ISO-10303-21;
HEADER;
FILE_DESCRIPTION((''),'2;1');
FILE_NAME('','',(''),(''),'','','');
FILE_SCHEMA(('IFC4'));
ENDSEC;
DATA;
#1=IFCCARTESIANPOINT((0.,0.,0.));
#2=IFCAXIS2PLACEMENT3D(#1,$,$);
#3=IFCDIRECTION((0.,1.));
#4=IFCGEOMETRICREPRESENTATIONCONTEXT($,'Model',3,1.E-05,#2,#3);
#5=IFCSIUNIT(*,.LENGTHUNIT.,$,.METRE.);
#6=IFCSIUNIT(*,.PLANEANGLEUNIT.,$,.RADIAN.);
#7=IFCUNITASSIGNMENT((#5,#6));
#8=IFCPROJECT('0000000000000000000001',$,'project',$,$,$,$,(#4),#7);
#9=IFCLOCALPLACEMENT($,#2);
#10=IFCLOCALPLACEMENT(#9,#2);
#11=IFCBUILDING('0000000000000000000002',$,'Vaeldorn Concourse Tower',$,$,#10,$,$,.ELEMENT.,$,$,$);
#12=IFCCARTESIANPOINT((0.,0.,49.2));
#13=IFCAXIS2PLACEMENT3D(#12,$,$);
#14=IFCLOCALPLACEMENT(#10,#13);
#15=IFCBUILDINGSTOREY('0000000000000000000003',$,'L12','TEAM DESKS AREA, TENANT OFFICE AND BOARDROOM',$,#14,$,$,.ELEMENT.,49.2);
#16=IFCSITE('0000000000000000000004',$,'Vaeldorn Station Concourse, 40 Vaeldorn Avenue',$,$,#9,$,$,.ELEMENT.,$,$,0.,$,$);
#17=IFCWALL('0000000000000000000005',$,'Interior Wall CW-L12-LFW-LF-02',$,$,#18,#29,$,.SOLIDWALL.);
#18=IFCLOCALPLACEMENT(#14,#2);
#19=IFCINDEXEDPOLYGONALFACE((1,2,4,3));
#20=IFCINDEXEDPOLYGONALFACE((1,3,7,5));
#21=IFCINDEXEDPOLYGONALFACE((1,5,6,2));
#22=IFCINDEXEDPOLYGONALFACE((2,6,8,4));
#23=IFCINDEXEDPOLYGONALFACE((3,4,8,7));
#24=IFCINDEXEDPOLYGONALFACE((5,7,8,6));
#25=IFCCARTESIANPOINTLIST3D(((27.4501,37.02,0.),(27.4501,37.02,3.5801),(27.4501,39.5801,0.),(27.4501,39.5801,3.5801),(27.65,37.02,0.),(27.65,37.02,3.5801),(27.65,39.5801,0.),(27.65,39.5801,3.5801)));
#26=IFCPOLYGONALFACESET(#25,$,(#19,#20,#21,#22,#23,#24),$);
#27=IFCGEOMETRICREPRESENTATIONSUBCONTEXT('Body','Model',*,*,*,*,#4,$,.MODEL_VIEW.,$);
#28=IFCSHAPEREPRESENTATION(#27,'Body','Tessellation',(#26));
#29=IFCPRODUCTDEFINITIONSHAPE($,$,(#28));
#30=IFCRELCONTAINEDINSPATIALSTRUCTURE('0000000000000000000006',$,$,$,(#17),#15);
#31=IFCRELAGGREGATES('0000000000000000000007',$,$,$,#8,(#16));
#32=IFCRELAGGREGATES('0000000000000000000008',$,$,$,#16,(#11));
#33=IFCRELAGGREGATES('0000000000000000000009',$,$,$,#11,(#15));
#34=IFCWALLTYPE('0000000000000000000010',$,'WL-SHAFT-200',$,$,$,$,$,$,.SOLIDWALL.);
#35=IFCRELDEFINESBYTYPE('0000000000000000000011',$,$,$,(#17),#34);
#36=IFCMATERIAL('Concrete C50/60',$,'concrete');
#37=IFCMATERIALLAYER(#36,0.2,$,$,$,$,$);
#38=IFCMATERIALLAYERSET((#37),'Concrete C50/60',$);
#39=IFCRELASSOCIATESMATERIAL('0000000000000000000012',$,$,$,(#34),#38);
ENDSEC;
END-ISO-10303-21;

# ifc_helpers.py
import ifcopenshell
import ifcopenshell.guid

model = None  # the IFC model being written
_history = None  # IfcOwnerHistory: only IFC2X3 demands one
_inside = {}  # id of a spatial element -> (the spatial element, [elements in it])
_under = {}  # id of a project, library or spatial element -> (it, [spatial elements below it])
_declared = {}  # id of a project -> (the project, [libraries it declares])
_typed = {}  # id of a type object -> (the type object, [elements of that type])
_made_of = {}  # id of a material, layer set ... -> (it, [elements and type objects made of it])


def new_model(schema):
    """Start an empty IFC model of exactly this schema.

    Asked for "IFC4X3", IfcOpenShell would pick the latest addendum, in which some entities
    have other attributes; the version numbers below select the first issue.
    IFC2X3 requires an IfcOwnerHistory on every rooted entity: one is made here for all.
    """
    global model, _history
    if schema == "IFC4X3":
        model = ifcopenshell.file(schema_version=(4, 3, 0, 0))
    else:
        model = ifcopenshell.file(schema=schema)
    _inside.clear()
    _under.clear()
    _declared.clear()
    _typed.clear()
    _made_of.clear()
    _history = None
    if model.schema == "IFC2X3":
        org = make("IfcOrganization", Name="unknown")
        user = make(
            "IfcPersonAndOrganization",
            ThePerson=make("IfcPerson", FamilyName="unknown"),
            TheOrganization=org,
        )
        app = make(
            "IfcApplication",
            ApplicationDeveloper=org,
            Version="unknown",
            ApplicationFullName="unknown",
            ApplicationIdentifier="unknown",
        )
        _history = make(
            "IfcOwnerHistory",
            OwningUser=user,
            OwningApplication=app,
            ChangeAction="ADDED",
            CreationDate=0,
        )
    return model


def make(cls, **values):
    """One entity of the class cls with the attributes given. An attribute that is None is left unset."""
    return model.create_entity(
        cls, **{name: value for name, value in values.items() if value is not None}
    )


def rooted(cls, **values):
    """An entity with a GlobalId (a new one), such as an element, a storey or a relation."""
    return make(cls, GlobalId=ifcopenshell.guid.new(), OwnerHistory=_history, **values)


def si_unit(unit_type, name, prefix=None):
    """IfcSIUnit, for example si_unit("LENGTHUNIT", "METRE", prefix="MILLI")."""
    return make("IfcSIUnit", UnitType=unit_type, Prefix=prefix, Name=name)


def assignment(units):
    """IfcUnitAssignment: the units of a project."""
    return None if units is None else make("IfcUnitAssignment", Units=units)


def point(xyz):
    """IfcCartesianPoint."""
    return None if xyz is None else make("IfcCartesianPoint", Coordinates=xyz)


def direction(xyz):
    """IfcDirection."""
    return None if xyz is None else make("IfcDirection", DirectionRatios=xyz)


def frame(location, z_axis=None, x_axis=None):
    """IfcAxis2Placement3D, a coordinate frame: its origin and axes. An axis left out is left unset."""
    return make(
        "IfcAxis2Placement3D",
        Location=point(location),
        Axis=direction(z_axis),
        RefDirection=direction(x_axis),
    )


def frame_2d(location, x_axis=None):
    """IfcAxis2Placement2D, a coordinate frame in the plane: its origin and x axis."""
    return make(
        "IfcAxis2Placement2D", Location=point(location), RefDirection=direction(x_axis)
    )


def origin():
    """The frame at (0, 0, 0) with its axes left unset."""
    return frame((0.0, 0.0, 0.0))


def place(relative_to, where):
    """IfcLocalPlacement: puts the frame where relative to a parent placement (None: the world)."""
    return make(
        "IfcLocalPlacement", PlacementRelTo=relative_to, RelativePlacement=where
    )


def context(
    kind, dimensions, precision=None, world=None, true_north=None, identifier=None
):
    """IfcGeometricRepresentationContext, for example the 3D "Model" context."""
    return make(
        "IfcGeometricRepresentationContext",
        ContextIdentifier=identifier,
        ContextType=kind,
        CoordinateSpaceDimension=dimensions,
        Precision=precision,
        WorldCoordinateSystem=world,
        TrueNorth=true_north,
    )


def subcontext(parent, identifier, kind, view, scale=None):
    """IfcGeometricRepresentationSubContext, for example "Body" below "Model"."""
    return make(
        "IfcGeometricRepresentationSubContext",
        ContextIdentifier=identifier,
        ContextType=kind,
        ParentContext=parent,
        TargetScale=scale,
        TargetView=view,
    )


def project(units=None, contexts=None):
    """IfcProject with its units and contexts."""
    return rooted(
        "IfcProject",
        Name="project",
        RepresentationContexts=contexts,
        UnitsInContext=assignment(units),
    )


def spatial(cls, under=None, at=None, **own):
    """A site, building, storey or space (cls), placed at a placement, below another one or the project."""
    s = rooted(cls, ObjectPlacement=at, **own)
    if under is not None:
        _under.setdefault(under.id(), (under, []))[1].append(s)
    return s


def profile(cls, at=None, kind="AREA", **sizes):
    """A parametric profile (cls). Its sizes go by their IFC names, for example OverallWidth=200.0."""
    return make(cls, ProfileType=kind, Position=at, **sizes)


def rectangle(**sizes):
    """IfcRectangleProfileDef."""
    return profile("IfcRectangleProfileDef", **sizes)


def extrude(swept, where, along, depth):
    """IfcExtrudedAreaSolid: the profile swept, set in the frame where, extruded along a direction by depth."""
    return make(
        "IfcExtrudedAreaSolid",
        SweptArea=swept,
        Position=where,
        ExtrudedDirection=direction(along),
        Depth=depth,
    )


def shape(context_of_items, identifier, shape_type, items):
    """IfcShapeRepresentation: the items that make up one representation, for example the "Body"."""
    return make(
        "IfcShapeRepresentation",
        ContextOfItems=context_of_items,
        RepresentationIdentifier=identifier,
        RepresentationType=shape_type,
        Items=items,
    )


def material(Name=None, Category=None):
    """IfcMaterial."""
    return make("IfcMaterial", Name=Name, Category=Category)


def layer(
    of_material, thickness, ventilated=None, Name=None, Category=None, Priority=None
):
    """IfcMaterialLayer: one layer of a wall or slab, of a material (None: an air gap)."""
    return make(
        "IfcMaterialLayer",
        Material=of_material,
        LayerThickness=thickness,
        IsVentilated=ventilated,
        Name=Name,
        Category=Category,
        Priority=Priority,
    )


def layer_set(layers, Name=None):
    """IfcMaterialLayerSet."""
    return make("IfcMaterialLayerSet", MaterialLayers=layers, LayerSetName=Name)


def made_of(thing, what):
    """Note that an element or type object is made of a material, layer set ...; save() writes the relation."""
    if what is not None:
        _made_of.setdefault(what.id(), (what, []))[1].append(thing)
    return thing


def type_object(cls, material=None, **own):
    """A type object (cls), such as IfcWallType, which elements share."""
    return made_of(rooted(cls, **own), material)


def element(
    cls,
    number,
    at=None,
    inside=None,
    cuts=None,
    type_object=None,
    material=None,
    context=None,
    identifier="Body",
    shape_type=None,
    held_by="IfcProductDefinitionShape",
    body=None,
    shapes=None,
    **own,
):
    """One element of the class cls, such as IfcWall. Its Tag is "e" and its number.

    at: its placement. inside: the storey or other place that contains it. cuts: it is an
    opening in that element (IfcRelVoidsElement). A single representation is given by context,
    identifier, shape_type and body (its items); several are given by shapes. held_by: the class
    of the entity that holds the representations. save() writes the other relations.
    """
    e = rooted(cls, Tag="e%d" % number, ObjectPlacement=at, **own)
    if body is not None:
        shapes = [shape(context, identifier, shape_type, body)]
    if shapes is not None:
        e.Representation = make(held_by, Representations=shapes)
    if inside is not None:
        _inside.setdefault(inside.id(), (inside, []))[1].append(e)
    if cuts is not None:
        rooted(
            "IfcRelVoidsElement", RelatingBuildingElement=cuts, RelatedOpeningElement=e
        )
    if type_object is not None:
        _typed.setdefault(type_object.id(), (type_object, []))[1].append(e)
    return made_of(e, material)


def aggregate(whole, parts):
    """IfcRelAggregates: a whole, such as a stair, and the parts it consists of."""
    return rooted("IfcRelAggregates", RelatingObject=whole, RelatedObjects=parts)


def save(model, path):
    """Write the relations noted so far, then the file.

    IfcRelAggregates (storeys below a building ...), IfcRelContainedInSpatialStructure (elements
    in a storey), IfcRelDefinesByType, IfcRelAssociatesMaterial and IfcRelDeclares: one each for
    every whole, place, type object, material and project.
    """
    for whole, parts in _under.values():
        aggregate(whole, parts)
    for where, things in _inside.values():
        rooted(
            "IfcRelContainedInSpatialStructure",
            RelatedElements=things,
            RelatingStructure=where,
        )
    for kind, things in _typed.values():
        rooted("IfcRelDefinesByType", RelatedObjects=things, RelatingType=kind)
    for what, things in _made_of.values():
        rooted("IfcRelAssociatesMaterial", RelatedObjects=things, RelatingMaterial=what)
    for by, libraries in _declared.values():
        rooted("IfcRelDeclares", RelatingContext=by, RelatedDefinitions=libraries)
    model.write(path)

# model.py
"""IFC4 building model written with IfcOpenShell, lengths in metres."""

from ifc_helpers import new_model, si_unit, direction, frame, frame_2d, origin, place, context, subcontext, project, spatial, rectangle, extrude, material, layer, layer_set, type_object, element, save


model = new_model("IFC4")

# Units and contexts
model_context = context("Model", 3, precision=1e-05, world=origin(), true_north=direction((0.0, 1.0)))
body_context = subcontext(model_context, "Body", "Model", "MODEL_VIEW")
ifc_project = project(units=[si_unit("LENGTHUNIT", "METRE"), si_unit("PLANEANGLEUNIT", "RADIAN")], contexts=[model_context])

# Site, building, storey
site_placement = place(None, origin())
site = spatial("IfcSite", under=ifc_project, at=site_placement, Name="Vaeldorn Station Concourse, 40 Vaeldorn Avenue", CompositionType="ELEMENT", RefElevation=0.0)
building_placement = place(site_placement, origin())
building = spatial("IfcBuilding", under=site, at=building_placement, Name="Vaeldorn Concourse Tower", CompositionType="ELEMENT")
storey_placement = place(building_placement, frame((0.0, 0.0, 49.2)))
storey = spatial("IfcBuildingStorey", under=building, at=storey_placement, Name="L12", Description="TEAM DESKS AREA, TENANT OFFICE AND BOARDROOM", CompositionType="ELEMENT", Elevation=49.2)

# Shared definitions
ifc_material_1 = material(Name="Concrete C50/60", Category="concrete")
ifc_layer_1 = layer(ifc_material_1, 0.2)
ifc_layer_set_1 = layer_set([ifc_layer_1], Name="Concrete C50/60")
wall_type_1 = type_object("IfcWallType", Name="WL-SHAFT-200", PredefinedType="SOLIDWALL", material=ifc_layer_set_1)

# Wall
wall_1_placement = place(storey_placement, frame((27.55, 37.02, 0.0), z_axis=(0.0, 0.0, 1.0), x_axis=(0.0, 1.0, 0.0)))
element("IfcWall", 1, at=wall_1_placement, inside=storey, type_object=wall_type_1, Name="Interior Wall CW-L12-LFW-LF-02", PredefinedType="SOLIDWALL", context=body_context, shape_type="SweptSolid", body=[
    extrude(rectangle(XDim=2.5601, YDim=0.2, at=frame_2d((1.28, 0.0))), origin(), (0.0, 0.0, 1.0), 3.5801),
])

save(model, "model.ifc")
